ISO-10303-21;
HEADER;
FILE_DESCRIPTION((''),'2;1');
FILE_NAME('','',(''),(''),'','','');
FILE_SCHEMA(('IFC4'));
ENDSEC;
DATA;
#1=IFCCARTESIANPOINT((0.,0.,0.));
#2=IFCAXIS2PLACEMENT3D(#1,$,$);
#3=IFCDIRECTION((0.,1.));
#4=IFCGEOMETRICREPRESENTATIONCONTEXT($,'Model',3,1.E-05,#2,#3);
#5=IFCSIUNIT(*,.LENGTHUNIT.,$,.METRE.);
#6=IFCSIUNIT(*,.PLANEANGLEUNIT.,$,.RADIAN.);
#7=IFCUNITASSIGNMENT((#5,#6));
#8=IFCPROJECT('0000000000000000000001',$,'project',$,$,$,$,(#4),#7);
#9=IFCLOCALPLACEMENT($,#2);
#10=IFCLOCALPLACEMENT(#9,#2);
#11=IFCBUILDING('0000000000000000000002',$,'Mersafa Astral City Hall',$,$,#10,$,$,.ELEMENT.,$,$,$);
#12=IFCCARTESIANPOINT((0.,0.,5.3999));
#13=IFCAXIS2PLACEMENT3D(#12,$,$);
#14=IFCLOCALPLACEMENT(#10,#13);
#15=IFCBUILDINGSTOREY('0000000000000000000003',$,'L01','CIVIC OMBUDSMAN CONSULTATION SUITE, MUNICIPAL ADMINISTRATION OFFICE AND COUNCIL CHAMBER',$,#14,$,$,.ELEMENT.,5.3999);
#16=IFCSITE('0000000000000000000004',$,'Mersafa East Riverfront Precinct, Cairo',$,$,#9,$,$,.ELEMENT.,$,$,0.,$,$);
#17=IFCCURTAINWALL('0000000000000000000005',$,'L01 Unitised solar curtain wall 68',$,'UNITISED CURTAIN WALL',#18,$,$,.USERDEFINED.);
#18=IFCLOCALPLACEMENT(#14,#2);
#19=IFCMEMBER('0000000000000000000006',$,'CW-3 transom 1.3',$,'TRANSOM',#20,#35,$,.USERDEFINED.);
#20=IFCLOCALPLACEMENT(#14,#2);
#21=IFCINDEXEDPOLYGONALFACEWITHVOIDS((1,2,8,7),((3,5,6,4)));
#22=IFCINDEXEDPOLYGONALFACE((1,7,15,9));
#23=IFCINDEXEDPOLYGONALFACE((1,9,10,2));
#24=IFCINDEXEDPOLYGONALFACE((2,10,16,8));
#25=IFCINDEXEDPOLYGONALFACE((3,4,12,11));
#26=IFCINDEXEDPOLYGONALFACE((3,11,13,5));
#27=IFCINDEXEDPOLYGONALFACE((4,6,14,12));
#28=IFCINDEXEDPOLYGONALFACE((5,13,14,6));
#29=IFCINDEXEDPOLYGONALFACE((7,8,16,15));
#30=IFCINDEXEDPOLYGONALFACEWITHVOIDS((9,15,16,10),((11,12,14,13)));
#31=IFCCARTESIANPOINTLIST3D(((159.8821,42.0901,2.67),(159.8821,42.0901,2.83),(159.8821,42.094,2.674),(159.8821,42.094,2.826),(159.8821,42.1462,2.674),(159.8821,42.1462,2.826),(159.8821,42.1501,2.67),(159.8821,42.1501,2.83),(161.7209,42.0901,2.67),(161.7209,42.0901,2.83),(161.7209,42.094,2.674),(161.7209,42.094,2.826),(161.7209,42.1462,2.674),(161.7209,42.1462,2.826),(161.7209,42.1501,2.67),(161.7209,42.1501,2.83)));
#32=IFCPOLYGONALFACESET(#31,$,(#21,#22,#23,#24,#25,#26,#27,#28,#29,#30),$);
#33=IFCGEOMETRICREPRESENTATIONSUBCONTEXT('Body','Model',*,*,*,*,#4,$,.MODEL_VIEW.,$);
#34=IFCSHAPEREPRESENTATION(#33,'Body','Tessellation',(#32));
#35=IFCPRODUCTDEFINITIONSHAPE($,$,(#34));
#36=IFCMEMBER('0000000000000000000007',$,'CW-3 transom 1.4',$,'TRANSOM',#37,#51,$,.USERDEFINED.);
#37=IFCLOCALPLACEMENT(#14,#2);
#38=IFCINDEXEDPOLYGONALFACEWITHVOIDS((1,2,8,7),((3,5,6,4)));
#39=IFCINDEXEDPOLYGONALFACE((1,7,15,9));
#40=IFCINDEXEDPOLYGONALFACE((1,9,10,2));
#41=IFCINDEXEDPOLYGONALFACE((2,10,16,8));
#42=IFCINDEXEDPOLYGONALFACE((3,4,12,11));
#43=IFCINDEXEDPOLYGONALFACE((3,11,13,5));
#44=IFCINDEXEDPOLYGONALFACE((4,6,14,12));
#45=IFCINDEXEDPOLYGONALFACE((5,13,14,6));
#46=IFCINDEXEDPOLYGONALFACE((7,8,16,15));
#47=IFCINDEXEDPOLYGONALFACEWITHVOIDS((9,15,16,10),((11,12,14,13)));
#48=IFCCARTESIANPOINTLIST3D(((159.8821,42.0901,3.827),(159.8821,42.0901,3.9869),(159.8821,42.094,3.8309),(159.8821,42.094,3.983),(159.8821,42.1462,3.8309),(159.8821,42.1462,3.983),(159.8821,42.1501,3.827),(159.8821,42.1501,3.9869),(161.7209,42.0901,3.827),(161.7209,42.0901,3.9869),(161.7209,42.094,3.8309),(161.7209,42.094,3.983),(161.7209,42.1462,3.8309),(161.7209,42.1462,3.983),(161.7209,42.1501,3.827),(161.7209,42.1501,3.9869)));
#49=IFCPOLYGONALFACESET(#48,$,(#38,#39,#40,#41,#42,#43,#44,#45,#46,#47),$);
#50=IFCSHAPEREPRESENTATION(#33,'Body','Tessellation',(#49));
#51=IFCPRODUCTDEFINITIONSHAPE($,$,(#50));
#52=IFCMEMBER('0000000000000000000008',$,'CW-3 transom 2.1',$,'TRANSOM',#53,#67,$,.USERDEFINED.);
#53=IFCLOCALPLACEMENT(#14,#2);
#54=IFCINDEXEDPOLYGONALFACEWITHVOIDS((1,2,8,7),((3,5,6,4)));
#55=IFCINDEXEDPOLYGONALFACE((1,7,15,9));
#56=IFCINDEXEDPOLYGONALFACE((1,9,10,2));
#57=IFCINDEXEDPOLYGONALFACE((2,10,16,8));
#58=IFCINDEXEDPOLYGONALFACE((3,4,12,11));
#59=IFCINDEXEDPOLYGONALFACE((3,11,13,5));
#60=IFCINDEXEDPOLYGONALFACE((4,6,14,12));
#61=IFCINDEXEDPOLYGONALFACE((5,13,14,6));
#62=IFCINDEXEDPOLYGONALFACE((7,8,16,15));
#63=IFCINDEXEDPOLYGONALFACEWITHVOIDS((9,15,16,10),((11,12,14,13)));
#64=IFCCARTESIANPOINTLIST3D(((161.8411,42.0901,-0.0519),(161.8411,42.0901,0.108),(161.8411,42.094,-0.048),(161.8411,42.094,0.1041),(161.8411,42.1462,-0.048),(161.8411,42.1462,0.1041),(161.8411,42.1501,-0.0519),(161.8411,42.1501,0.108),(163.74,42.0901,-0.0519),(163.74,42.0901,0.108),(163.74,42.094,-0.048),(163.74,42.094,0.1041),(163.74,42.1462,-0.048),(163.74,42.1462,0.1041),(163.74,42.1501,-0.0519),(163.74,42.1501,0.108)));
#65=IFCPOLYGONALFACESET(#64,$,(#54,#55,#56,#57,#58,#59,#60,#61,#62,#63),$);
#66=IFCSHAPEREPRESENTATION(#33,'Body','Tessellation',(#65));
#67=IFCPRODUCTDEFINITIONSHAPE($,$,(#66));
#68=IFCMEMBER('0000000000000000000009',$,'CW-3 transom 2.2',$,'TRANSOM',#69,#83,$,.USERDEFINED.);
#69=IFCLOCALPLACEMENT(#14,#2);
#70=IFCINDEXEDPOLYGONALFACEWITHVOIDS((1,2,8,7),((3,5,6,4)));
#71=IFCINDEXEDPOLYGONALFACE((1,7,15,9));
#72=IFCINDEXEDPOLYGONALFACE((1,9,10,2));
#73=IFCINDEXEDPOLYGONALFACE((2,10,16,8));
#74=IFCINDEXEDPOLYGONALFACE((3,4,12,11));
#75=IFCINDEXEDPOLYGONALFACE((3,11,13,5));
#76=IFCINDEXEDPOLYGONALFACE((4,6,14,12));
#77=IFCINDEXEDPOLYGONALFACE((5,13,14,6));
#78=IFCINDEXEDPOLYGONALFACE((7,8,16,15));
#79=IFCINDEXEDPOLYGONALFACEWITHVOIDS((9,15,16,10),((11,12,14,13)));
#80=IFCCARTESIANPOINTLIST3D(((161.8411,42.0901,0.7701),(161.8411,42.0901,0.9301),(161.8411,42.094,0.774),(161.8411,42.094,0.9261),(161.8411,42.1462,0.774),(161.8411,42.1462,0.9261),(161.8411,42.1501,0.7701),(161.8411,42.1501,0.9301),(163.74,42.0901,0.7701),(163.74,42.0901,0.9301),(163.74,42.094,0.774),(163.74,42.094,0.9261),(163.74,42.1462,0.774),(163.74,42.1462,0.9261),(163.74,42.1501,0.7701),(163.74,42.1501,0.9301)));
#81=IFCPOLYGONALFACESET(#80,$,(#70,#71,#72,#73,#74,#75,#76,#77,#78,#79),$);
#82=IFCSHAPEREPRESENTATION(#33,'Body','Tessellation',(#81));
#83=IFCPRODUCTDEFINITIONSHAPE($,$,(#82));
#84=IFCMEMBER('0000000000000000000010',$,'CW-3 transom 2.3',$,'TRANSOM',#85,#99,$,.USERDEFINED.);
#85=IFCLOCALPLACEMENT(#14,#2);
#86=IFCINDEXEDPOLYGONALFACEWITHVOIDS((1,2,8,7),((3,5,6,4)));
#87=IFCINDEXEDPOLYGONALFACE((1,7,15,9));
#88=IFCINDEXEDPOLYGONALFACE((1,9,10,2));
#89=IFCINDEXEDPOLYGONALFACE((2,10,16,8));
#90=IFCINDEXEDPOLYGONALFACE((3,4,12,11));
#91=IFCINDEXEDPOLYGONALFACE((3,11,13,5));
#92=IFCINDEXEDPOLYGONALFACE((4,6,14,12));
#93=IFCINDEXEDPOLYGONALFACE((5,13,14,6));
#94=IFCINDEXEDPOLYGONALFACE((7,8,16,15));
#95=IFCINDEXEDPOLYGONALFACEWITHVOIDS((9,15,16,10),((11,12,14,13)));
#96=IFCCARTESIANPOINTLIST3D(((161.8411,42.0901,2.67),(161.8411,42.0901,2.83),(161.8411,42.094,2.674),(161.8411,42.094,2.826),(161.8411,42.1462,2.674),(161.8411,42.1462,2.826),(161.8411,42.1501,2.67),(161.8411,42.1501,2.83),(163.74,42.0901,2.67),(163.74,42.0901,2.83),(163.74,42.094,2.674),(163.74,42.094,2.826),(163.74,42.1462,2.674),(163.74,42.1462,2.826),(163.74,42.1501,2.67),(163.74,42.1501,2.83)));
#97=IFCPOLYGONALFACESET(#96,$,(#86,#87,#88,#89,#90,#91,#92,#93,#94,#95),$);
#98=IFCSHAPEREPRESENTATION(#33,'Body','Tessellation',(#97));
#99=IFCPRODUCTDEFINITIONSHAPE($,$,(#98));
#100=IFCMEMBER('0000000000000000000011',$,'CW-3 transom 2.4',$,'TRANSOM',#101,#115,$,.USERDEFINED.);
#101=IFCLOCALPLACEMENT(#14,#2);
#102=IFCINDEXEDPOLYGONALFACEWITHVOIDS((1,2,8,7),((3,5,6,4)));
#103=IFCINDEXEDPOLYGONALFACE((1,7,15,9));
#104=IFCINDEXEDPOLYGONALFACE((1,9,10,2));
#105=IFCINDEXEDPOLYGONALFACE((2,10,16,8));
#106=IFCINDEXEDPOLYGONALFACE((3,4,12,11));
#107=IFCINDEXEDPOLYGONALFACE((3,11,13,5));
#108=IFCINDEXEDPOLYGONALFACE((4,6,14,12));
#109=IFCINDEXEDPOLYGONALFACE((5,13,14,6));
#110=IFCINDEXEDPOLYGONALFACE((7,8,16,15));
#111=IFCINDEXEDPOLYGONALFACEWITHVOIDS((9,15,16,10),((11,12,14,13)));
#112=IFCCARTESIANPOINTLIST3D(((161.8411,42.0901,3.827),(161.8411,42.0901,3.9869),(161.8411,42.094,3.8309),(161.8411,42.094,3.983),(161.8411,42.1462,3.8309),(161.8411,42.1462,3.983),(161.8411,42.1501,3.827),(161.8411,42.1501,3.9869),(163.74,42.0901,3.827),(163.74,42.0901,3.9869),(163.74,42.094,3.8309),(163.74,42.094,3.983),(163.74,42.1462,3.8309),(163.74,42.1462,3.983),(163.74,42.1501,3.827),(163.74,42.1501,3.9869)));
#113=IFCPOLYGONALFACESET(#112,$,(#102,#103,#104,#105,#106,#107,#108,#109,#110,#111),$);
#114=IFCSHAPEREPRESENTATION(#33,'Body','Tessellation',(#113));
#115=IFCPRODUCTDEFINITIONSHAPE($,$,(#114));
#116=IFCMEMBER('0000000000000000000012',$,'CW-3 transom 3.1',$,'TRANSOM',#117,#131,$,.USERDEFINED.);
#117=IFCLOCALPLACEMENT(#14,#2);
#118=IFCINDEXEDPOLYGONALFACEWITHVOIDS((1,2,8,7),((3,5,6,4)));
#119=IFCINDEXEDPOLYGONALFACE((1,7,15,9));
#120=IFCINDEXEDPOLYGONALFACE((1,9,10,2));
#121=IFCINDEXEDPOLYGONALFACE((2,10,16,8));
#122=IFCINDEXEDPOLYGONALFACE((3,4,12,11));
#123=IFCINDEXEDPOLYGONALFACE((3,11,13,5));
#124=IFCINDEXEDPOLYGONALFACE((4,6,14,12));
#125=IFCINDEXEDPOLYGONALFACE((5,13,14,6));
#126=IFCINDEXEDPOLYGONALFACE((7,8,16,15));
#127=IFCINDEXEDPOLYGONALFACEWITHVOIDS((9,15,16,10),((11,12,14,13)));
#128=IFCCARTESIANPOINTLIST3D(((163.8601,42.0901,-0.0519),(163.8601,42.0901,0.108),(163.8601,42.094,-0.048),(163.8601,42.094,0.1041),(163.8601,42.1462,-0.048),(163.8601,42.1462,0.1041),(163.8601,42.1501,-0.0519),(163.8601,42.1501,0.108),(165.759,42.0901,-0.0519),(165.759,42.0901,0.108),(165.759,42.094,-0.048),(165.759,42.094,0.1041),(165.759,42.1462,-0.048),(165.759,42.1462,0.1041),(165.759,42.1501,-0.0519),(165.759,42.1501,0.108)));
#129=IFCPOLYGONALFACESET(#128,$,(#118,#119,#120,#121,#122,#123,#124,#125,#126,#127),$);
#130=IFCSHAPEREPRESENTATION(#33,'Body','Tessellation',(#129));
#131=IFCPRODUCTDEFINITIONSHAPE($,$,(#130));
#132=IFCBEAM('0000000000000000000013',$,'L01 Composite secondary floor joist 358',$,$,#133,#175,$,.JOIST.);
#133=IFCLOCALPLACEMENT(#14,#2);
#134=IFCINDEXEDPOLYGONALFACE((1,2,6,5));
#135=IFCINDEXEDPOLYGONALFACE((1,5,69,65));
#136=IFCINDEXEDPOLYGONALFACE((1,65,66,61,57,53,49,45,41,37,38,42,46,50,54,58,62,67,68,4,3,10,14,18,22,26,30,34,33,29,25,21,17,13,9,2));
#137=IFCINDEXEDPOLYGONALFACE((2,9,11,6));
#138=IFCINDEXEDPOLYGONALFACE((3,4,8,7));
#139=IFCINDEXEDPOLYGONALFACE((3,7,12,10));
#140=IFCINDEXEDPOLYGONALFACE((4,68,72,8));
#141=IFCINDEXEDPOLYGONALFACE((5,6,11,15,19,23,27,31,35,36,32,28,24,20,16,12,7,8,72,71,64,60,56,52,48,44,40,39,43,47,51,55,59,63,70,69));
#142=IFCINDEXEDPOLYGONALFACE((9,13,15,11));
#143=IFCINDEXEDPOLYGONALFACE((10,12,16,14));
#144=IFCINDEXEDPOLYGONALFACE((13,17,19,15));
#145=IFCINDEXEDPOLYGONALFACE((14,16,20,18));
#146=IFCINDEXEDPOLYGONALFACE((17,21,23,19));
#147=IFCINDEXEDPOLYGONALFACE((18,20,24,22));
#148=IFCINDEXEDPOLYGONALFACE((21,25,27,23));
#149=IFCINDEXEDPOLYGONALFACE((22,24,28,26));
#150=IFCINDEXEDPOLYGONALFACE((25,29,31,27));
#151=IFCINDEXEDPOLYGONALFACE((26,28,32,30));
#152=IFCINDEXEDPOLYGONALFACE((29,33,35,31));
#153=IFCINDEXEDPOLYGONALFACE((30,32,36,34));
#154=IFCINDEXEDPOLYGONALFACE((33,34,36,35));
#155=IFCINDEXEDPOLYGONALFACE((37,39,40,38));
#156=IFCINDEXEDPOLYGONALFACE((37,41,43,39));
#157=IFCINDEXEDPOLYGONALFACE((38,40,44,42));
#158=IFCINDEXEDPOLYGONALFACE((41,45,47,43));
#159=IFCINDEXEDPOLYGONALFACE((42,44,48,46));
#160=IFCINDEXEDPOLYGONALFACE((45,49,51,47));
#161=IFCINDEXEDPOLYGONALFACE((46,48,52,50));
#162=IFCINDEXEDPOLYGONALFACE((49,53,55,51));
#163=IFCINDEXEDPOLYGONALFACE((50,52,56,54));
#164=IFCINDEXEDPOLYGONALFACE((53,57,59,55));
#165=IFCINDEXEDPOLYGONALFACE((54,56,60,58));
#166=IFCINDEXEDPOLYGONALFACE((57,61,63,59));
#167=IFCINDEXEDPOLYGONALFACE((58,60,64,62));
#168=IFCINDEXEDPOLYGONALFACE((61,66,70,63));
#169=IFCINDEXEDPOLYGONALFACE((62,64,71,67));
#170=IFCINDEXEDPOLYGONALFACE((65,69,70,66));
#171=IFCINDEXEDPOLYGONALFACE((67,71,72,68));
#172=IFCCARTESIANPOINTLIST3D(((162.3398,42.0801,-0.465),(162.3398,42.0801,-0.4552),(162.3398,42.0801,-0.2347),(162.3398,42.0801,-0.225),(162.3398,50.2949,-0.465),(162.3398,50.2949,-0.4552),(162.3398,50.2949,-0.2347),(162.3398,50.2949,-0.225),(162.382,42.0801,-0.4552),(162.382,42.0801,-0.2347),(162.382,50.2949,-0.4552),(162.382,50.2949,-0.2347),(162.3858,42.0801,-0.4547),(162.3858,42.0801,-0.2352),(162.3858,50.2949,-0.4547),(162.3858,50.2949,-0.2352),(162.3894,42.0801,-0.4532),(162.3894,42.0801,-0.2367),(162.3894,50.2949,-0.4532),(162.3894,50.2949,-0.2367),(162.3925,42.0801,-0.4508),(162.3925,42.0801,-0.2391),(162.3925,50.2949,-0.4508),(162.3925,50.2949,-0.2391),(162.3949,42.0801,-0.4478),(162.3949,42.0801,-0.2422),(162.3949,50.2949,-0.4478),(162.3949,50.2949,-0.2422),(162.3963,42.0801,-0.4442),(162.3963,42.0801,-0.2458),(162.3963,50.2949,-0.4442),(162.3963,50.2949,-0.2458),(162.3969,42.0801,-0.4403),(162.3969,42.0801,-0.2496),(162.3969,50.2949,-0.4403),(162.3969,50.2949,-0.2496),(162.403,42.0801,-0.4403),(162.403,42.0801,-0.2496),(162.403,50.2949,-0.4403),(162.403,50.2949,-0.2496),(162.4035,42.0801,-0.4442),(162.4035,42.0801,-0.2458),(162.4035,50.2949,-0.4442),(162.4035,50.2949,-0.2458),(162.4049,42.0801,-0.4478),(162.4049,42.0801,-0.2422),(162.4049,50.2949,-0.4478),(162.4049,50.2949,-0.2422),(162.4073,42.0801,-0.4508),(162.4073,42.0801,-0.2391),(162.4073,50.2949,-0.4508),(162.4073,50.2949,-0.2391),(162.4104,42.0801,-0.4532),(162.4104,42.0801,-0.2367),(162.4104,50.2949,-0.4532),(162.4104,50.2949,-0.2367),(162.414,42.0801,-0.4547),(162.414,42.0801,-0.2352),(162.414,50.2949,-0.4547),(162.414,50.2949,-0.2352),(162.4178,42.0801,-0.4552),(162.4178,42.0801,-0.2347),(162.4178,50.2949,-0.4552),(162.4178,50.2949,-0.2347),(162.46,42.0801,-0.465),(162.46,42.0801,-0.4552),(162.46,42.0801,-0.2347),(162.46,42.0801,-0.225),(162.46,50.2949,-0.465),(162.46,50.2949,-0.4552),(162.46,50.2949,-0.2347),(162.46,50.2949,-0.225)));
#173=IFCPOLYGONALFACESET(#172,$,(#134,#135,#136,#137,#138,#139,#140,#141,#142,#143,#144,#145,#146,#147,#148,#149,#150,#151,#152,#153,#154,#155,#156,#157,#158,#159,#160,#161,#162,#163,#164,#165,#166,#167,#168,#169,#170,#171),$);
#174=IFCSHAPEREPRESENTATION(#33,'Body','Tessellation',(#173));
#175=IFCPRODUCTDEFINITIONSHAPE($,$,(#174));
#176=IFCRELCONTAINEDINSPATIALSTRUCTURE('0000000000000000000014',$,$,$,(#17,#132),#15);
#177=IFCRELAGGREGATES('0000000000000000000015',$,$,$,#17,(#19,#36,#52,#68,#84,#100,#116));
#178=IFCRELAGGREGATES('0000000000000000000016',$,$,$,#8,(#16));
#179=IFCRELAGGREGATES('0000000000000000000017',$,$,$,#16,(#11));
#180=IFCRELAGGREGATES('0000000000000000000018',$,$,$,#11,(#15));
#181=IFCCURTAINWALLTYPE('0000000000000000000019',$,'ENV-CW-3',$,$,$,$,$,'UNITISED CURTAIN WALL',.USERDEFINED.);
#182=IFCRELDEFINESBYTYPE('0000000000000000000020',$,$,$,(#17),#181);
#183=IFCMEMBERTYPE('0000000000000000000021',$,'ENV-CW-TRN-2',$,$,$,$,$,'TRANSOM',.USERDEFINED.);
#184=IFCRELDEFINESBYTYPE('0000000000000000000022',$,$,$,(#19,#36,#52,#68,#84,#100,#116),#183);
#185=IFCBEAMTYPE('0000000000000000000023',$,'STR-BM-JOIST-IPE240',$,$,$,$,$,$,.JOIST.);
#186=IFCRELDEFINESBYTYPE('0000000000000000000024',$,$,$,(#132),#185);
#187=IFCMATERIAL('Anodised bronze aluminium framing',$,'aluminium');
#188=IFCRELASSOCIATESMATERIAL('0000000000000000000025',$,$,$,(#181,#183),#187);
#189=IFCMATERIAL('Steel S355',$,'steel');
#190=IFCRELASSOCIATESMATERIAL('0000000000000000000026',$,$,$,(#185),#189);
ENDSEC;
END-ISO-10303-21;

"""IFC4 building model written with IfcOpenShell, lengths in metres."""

from ifc_helpers import new_model, si_unit, direction, frame, origin, origin_2d, place, context, subcontext, project, spatial, hollow_rectangle, i_section, extrude, material, material_profile, profile_set, type_object, element, aggregate, save


model = new_model("IFC4")

# Units and contexts
model_context = context("Model", 3, precision=1e-05, world=origin(), true_north=direction((0.0, 1.0)))
body_context = subcontext(model_context, "Body", "Model", "MODEL_VIEW")
ifc_project = project(units=[si_unit("LENGTHUNIT", "METRE"), si_unit("PLANEANGLEUNIT", "RADIAN")], contexts=[model_context])

# Site, building, storey
site_placement = place(None, origin())
site = spatial("IfcSite", under=ifc_project, at=site_placement, Name="Mersafa East Riverfront Precinct, Cairo", CompositionType="ELEMENT", RefElevation=0.0)
building_placement = place(site_placement, origin())
building = spatial("IfcBuilding", under=site, at=building_placement, Name="Mersafa Astral City Hall", CompositionType="ELEMENT")
storey_placement = place(building_placement, frame((0.0, 0.0, 5.3999)))
storey = spatial("IfcBuildingStorey", under=building, at=storey_placement, Name="L01", Description="CIVIC OMBUDSMAN CONSULTATION SUITE, MUNICIPAL ADMINISTRATION OFFICE AND COUNCIL CHAMBER", CompositionType="ELEMENT", Elevation=5.3999)

# Shared definitions
ifc_material_1 = material(Name="Steel S355", Category="steel")

# Curtain wall, members
ifc_material_2 = material(Name="Anodised bronze aluminium framing", Category="aluminium")
curtain_wall_type = type_object("IfcCurtainWallType", Name="ENV-CW-3", ElementType="UNITISED CURTAIN WALL", PredefinedType="USERDEFINED", material=ifc_material_2)
curtain_wall_placement = place(storey_placement, origin())
curtain_wall = element("IfcCurtainWall", 1, at=curtain_wall_placement, inside=storey, type_object=curtain_wall_type, Name="L01 Unitised solar curtain wall 68", ObjectType="UNITISED CURTAIN WALL", PredefinedType="USERDEFINED")
ifc_material_profile_1 = material_profile(ifc_material_2, hollow_rectangle(XDim=0.0601, YDim=0.1599, WallThickness=0.0039, at=origin_2d()), Name="RHS 60x160x4")
ifc_profile_set_1 = profile_set([ifc_material_profile_1], Name="Anodised bronze aluminium framing")
member_type_1 = type_object("IfcMemberType", Name="ENV-CW-TRN-2", ElementType="TRANSOM", PredefinedType="USERDEFINED", material=ifc_profile_set_1)
member_1_placement = place(storey_placement, frame((159.8821, 42.1201, 2.75), z_axis=(1.0, 0.0, 0.0), x_axis=(0.0, 1.0, 0.0)))
member_1 = element("IfcMember", 2, at=member_1_placement, type_object=member_type_1, Name="CW-3 transom 1.3", ObjectType="TRANSOM", PredefinedType="USERDEFINED", context=body_context, shape_type="SweptSolid", body=[
    extrude(hollow_rectangle(XDim=0.0601, YDim=0.1599, WallThickness=0.0039, at=origin_2d()), origin(), (0.0, 0.0, 1.0), 1.8389),
])
member_2_placement = place(storey_placement, frame((159.8821, 42.1201, 3.907), z_axis=(1.0, 0.0, 0.0), x_axis=(0.0, 1.0, 0.0)))
member_2 = element("IfcMember", 3, at=member_2_placement, type_object=member_type_1, Name="CW-3 transom 1.4", ObjectType="TRANSOM", PredefinedType="USERDEFINED", context=body_context, shape_type="SweptSolid", body=[
    extrude(hollow_rectangle(XDim=0.0601, YDim=0.1599, WallThickness=0.0039, at=origin_2d()), origin(), (0.0, 0.0, 1.0), 1.8389),
])
member_3_placement = place(storey_placement, frame((161.8411, 42.1201, 0.0281), z_axis=(1.0, 0.0, 0.0), x_axis=(0.0, 1.0, 0.0)))
member_3 = element("IfcMember", 4, at=member_3_placement, type_object=member_type_1, Name="CW-3 transom 2.1", ObjectType="TRANSOM", PredefinedType="USERDEFINED", context=body_context, shape_type="SweptSolid", body=[
    extrude(hollow_rectangle(XDim=0.0601, YDim=0.1599, WallThickness=0.0039, at=origin_2d()), origin(), (0.0, 0.0, 1.0), 1.8989),
])
member_4_placement = place(storey_placement, frame((161.8411, 42.1201, 0.8501), z_axis=(1.0, 0.0, 0.0), x_axis=(0.0, 1.0, 0.0)))
member_4 = element("IfcMember", 5, at=member_4_placement, type_object=member_type_1, Name="CW-3 transom 2.2", ObjectType="TRANSOM", PredefinedType="USERDEFINED", context=body_context, shape_type="SweptSolid", body=[
    extrude(hollow_rectangle(XDim=0.0601, YDim=0.1599, WallThickness=0.0039, at=origin_2d()), origin(), (0.0, 0.0, 1.0), 1.8989),
])
member_5_placement = place(storey_placement, frame((161.8411, 42.1201, 2.75), z_axis=(1.0, 0.0, 0.0), x_axis=(0.0, 1.0, 0.0)))
member_5 = element("IfcMember", 6, at=member_5_placement, type_object=member_type_1, Name="CW-3 transom 2.3", ObjectType="TRANSOM", PredefinedType="USERDEFINED", context=body_context, shape_type="SweptSolid", body=[
    extrude(hollow_rectangle(XDim=0.0601, YDim=0.1599, WallThickness=0.0039, at=origin_2d()), origin(), (0.0, 0.0, 1.0), 1.8989),
])
member_6_placement = place(storey_placement, frame((161.8411, 42.1201, 3.907), z_axis=(1.0, 0.0, 0.0), x_axis=(0.0, 1.0, 0.0)))
member_6 = element("IfcMember", 7, at=member_6_placement, type_object=member_type_1, Name="CW-3 transom 2.4", ObjectType="TRANSOM", PredefinedType="USERDEFINED", context=body_context, shape_type="SweptSolid", body=[
    extrude(hollow_rectangle(XDim=0.0601, YDim=0.1599, WallThickness=0.0039, at=origin_2d()), origin(), (0.0, 0.0, 1.0), 1.8989),
])
member_7_placement = place(storey_placement, frame((163.8601, 42.1201, 0.0281), z_axis=(1.0, 0.0, 0.0), x_axis=(0.0, 1.0, 0.0)))
member_7 = element("IfcMember", 8, at=member_7_placement, type_object=member_type_1, Name="CW-3 transom 3.1", ObjectType="TRANSOM", PredefinedType="USERDEFINED", context=body_context, shape_type="SweptSolid", body=[
    extrude(hollow_rectangle(XDim=0.0601, YDim=0.1599, WallThickness=0.0039, at=origin_2d()), origin(), (0.0, 0.0, 1.0), 1.8989),
])

# Beam
ifc_material_profile_2 = material_profile(ifc_material_1, i_section(OverallWidth=0.1201, OverallDepth=0.24, WebThickness=0.0061, FlangeThickness=0.0098, FilletRadius=0.0149, at=origin_2d()), Name="IPE 240")
ifc_profile_set_2 = profile_set([ifc_material_profile_2], Name="Steel S355")
beam_type_1 = type_object("IfcBeamType", Name="STR-BM-JOIST-IPE240", PredefinedType="JOIST", material=ifc_profile_set_2)
beam_1_placement = place(storey_placement, frame((162.3999, 42.0801, -0.345), z_axis=(0.0, 1.0, 0.0), x_axis=(-1.0, 0.0, 0.0)))
element("IfcBeam", 9, at=beam_1_placement, inside=storey, type_object=beam_type_1, Name="L01 Composite secondary floor joist 358", PredefinedType="JOIST", context=body_context, shape_type="SweptSolid", body=[
    extrude(i_section(OverallWidth=0.1201, OverallDepth=0.24, WebThickness=0.0061, FlangeThickness=0.0098, FilletRadius=0.0149, at=origin_2d()), origin(), (0.0, 0.0, 1.0), 8.2148),
])

aggregate(curtain_wall, [member_1, member_2, member_3, member_4, member_5, member_6, member_7])

save(model, "model.ifc")
